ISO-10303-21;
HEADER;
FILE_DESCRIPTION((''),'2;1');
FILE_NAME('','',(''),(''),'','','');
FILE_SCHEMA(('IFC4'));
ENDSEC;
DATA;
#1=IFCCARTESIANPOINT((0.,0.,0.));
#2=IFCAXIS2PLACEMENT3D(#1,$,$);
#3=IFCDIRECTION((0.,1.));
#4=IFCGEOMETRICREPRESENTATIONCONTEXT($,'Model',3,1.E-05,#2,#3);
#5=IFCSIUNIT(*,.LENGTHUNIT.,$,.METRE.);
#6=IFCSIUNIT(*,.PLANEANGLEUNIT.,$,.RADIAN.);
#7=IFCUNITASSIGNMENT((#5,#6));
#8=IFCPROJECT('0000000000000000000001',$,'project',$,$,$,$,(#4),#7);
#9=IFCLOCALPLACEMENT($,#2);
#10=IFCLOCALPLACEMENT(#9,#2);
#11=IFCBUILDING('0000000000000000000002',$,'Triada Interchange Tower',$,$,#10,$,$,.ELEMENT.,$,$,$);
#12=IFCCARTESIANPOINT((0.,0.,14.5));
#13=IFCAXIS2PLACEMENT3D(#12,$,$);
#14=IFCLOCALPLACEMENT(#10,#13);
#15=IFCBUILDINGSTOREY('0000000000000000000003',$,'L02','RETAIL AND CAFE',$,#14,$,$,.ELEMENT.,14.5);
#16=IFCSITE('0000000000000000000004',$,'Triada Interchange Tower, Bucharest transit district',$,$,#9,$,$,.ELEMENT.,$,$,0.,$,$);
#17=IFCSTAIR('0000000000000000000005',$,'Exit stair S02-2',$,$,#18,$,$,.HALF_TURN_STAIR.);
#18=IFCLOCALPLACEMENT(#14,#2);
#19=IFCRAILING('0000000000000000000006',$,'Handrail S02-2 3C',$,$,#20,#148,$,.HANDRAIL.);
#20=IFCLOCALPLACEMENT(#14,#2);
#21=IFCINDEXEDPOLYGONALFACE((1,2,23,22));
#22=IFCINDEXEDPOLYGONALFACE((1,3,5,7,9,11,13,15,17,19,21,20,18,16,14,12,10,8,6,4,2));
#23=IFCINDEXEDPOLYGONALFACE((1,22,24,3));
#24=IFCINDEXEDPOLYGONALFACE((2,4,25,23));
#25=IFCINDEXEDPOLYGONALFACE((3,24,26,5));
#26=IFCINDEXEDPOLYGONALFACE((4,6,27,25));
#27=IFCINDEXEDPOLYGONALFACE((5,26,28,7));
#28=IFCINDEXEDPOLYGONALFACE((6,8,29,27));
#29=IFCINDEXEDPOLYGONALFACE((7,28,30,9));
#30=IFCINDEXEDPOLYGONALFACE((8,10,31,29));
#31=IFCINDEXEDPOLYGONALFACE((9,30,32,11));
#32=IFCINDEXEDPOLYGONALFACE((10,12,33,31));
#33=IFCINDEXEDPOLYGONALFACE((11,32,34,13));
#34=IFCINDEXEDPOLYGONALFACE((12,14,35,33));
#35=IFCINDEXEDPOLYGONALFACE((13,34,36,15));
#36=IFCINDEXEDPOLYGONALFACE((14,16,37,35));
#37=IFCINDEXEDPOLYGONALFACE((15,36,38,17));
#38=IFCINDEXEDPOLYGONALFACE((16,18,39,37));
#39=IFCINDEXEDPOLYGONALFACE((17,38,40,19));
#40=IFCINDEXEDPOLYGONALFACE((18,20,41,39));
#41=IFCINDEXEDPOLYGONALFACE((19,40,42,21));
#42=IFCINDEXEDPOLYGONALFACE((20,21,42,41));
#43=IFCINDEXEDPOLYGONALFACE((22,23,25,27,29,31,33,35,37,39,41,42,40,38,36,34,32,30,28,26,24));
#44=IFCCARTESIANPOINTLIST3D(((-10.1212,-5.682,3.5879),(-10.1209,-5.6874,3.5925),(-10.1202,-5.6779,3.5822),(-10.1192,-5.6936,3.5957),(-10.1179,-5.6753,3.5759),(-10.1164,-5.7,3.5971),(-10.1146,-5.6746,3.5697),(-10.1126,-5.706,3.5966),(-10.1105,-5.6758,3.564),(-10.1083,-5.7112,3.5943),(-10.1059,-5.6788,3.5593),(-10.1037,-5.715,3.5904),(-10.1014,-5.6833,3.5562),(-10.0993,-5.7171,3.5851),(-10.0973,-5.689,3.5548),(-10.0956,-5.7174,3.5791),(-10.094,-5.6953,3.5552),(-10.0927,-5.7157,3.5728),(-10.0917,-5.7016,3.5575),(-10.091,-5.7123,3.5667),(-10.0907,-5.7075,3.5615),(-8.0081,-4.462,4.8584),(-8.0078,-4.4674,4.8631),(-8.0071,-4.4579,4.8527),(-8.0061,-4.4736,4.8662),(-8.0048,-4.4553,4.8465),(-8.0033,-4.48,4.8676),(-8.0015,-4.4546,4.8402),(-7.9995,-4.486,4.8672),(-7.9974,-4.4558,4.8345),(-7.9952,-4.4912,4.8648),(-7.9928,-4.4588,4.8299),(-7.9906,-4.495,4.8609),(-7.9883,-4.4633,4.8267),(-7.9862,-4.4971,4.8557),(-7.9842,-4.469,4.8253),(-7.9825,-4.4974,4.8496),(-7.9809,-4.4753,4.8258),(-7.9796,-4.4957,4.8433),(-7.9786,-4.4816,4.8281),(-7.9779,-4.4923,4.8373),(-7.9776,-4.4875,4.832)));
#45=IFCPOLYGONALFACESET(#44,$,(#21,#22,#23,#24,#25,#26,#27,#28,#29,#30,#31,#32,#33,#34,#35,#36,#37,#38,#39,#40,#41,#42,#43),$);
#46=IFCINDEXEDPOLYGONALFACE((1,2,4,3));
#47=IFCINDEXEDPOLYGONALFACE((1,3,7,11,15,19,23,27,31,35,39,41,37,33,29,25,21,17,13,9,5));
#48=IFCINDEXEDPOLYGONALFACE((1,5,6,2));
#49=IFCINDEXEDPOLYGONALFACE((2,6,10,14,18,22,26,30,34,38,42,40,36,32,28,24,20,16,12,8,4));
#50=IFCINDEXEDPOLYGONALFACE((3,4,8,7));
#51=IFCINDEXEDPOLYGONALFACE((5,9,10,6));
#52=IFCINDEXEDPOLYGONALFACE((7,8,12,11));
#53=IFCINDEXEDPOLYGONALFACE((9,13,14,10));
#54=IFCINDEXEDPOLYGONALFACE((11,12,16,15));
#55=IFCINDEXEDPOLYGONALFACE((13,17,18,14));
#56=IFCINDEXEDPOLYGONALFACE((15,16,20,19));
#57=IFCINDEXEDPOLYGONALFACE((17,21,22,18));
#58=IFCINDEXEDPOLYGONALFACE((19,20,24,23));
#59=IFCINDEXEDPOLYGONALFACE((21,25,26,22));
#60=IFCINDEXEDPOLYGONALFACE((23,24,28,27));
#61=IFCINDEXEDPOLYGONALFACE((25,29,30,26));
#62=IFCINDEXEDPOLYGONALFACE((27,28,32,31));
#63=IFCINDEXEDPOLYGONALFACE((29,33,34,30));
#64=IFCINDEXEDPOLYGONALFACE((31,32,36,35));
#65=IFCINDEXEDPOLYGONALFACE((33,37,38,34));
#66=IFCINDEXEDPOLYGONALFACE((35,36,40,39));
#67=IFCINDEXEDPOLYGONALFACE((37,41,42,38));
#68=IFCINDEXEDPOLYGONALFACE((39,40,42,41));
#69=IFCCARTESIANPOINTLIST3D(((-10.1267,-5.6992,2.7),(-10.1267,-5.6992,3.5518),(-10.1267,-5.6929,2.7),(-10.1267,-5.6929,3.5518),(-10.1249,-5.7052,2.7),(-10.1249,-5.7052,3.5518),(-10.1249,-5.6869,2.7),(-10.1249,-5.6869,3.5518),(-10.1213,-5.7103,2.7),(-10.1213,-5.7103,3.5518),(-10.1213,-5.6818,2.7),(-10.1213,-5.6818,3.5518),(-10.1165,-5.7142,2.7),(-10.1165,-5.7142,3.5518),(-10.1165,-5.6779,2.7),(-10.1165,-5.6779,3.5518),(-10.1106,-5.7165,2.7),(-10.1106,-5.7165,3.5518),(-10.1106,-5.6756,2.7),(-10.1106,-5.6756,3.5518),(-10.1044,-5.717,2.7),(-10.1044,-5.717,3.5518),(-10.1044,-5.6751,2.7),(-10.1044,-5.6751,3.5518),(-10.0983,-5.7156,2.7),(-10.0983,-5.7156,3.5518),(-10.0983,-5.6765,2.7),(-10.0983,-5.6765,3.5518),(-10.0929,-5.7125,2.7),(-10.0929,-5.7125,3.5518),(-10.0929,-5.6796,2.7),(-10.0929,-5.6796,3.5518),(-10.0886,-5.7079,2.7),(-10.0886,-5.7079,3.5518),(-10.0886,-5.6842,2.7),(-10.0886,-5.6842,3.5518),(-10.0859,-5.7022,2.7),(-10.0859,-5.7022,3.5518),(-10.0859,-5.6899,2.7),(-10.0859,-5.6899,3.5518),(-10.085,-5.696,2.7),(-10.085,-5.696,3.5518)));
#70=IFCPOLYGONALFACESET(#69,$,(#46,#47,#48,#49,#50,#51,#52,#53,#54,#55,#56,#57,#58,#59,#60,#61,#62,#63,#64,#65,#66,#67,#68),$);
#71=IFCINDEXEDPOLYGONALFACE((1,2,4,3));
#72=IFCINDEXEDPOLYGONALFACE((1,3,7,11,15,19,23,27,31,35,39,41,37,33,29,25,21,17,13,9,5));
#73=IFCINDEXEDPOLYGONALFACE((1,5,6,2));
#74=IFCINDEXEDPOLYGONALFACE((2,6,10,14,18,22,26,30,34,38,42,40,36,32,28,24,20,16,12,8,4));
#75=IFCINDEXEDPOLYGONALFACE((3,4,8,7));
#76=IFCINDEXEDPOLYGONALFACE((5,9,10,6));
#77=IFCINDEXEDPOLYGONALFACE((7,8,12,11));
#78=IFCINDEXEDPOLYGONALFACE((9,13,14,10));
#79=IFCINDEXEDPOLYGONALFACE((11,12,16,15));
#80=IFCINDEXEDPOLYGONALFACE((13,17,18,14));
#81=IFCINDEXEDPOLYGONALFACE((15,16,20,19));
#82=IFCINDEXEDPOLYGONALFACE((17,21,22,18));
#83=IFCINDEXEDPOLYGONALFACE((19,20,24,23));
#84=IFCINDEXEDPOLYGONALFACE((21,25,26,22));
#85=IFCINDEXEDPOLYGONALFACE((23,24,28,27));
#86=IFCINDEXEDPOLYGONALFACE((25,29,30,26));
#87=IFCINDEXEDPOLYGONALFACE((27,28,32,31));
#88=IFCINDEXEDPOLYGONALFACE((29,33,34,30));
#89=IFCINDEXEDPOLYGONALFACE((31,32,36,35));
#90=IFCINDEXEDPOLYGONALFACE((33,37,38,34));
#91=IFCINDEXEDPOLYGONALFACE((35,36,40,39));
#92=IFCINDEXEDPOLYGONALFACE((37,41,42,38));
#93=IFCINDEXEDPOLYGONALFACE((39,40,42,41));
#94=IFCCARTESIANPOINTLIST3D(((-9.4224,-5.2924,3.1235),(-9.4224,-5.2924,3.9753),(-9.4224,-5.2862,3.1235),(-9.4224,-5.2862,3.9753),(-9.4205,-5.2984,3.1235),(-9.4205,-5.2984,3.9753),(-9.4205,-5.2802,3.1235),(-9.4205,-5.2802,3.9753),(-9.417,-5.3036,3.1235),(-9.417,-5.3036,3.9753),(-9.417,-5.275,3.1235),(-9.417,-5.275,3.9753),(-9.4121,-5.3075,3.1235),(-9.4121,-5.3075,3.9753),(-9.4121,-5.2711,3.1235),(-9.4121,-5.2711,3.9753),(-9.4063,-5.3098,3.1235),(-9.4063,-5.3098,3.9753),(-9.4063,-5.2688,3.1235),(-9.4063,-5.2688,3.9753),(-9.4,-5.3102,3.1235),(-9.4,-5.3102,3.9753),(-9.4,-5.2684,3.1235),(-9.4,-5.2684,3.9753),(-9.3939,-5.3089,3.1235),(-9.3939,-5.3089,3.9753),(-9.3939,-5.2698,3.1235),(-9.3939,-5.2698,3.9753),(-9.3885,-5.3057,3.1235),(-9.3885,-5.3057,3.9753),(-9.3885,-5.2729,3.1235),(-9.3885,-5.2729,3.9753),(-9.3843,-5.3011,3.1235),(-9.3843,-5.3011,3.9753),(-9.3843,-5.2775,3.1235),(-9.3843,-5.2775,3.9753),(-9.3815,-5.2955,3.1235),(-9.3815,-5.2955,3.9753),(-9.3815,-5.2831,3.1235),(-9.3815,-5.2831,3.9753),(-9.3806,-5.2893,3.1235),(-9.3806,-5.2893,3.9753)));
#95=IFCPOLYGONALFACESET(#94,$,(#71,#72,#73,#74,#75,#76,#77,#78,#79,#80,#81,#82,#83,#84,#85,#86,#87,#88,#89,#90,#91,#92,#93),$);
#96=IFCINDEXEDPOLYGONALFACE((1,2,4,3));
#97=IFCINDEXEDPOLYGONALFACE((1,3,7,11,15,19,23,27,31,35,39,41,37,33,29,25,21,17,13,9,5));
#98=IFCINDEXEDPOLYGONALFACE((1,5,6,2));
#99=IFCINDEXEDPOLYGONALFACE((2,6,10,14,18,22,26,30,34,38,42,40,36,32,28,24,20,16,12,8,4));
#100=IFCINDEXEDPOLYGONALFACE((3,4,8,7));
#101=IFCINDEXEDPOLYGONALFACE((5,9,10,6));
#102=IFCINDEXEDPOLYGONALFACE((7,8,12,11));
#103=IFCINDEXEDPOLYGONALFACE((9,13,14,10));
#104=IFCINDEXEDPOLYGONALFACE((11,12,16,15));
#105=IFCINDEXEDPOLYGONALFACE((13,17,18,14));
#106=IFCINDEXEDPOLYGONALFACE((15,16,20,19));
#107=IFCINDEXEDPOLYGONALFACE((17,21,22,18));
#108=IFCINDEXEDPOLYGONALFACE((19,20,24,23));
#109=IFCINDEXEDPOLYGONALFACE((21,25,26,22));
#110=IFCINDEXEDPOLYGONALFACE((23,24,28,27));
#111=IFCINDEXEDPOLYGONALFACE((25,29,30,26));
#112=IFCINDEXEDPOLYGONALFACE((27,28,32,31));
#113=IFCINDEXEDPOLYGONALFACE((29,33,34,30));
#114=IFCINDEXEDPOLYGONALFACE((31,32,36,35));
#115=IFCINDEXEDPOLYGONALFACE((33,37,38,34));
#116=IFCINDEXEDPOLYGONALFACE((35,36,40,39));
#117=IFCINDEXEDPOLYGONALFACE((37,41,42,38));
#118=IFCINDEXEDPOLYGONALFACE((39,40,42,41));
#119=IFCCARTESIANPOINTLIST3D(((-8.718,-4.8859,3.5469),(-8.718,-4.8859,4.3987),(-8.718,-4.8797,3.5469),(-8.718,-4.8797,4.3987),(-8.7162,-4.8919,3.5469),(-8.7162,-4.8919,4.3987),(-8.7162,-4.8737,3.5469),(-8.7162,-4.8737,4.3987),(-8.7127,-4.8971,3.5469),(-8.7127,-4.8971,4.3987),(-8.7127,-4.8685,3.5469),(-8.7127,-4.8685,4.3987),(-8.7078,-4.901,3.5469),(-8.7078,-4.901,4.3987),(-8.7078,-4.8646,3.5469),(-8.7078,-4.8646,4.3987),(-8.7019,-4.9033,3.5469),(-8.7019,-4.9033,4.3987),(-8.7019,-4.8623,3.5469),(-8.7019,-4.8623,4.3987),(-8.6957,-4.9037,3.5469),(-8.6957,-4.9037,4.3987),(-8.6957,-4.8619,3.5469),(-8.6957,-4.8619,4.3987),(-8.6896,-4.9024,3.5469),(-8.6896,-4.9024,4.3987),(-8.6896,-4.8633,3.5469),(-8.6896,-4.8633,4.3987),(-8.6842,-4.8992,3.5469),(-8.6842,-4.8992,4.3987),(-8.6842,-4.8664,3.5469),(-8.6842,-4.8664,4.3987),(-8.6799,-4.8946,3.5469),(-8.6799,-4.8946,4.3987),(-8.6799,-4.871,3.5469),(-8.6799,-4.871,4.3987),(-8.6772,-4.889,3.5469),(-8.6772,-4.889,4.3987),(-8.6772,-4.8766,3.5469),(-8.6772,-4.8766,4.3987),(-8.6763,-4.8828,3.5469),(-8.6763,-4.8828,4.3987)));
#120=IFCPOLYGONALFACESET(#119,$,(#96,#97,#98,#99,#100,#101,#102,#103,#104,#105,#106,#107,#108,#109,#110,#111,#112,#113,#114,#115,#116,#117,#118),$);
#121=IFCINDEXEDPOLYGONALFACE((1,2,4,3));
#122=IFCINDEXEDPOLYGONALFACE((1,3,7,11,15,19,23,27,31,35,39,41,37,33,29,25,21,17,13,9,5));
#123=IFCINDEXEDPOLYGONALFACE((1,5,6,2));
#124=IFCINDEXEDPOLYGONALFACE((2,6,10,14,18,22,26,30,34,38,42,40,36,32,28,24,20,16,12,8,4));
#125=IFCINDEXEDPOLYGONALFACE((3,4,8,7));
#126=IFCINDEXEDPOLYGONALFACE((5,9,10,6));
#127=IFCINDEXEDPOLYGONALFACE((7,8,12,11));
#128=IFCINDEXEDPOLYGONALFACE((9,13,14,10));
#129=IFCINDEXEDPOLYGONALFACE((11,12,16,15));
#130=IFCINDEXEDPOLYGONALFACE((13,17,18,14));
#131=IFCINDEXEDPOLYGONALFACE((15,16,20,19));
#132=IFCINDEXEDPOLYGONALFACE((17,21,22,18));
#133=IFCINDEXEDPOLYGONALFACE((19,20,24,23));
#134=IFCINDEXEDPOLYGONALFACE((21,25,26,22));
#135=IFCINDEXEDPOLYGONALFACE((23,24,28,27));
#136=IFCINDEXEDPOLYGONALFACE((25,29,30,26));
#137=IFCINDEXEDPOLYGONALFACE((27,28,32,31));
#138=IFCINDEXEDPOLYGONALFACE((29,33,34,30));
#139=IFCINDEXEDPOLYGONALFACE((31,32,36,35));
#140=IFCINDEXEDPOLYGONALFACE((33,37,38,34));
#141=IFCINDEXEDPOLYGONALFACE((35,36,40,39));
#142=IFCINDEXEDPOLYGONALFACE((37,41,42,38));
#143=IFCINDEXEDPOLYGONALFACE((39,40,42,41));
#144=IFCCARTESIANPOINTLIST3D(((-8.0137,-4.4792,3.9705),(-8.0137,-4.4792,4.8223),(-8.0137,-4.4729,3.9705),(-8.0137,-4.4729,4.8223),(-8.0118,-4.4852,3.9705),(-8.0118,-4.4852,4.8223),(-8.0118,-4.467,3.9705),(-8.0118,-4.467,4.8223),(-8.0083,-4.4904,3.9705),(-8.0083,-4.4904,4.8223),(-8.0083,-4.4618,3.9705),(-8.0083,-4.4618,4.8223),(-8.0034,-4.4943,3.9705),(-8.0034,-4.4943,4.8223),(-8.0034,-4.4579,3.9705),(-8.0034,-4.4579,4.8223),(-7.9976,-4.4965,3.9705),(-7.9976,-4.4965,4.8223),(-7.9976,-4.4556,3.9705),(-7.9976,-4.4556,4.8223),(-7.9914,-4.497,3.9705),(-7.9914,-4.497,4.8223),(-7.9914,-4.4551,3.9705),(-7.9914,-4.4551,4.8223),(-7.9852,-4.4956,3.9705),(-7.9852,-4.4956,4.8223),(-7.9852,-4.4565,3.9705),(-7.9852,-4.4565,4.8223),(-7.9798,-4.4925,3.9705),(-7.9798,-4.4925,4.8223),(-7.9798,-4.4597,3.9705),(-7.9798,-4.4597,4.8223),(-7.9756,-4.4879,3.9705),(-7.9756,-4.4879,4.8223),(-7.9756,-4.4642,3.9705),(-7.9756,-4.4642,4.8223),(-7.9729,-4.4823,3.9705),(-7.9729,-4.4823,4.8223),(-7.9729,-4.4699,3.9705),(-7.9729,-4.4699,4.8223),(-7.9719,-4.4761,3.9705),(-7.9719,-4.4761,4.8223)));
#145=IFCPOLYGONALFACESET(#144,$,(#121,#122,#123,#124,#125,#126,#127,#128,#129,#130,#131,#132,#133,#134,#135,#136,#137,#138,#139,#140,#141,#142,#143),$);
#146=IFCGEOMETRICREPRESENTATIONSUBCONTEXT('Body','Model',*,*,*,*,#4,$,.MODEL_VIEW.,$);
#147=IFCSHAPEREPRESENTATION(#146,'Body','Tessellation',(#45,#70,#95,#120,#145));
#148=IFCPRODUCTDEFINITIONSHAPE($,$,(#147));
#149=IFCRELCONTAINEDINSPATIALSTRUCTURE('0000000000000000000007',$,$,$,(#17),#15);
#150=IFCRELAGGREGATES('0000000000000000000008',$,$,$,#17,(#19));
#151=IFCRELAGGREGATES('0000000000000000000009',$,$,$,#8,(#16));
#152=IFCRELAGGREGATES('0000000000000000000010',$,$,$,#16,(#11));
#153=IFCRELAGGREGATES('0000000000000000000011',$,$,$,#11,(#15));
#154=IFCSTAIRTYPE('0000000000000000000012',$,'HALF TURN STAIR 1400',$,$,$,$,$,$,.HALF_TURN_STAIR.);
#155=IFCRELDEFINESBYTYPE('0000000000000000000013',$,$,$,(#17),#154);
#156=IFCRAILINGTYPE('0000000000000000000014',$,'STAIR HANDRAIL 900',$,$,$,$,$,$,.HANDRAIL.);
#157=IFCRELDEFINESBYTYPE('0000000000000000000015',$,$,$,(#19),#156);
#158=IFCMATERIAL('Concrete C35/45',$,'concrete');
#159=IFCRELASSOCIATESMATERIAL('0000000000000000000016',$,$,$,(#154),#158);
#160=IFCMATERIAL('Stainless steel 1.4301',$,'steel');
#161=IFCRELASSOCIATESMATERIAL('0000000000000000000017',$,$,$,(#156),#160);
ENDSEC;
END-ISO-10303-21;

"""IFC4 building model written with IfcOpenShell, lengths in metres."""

from ifc_helpers import new_model, si_unit, direction, frame, origin, origin_2d, place, context, subcontext, project, spatial, circle, extrude, material, type_object, element, aggregate, save


model = new_model("IFC4")

# Units and contexts
model_context = context("Model", 3, precision=1e-05, world=origin(), true_north=direction((0.0, 1.0)))
body_context = subcontext(model_context, "Body", "Model", "MODEL_VIEW")
ifc_project = project(units=[si_unit("LENGTHUNIT", "METRE"), si_unit("PLANEANGLEUNIT", "RADIAN")], contexts=[model_context])

# Site, building, storey
site_placement = place(None, origin())
site = spatial("IfcSite", under=ifc_project, at=site_placement, Name="Triada Interchange Tower, Bucharest transit district", CompositionType="ELEMENT", RefElevation=0.0)
building_placement = place(site_placement, origin())
building = spatial("IfcBuilding", under=site, at=building_placement, Name="Triada Interchange Tower", CompositionType="ELEMENT")
storey_placement = place(building_placement, frame((0.0, 0.0, 14.5)))
storey = spatial("IfcBuildingStorey", under=building, at=storey_placement, Name="L02", Description="RETAIL AND CAFE", CompositionType="ELEMENT", Elevation=14.5)

# Shared definitions
ifc_material_1 = material(Name="Concrete C35/45", Category="concrete")

# Stair, railing
stair_type = type_object("IfcStairType", Name="HALF TURN STAIR 1400", PredefinedType="HALF_TURN_STAIR", material=ifc_material_1)
stair_1_placement = place(storey_placement, origin())
stair_1 = element("IfcStair", 1, at=stair_1_placement, inside=storey, type_object=stair_type, Name="Exit stair S02-2", PredefinedType="HALF_TURN_STAIR")
ifc_material_2 = material(Name="Stainless steel 1.4301", Category="steel")
railing_type_1 = type_object("IfcRailingType", Name="STAIR HANDRAIL 900", PredefinedType="HANDRAIL", material=ifc_material_2)
railing_1_placement = place(storey_placement, frame((-10.106, -5.696, 2.7)))
railing_1 = element("IfcRailing", 2, at=railing_1_placement, type_object=railing_type_1, Name="Handrail S02-2 3C", PredefinedType="HANDRAIL", context=body_context, shape_type="SweptSolid", body=[
    extrude(circle(Radius=0.0239, at=origin_2d()), frame((0.0, 0.0, 0.876), z_axis=(0.768126, 0.443481, 0.461852), x_axis=(-0.500003, 0.866024, 0.0)), (0.0, 0.0, 1.0), 2.751),
    extrude(circle(Radius=0.021, at=origin_2d()), origin(), (0.0, 0.0, 1.0), 0.8518),
    extrude(circle(Radius=0.021, at=origin_2d()), frame((0.7043, 0.4067, 0.4236)), (0.0, 0.0, 1.0), 0.8518),
    extrude(circle(Radius=0.021, at=origin_2d()), frame((1.4087, 0.8132, 0.8469)), (0.0, 0.0, 1.0), 0.8518),
    extrude(circle(Radius=0.021, at=origin_2d()), frame((2.113, 1.22, 1.2705)), (0.0, 0.0, 1.0), 0.8518),
])
aggregate(stair_1, [railing_1])

save(model, "model.ifc")
